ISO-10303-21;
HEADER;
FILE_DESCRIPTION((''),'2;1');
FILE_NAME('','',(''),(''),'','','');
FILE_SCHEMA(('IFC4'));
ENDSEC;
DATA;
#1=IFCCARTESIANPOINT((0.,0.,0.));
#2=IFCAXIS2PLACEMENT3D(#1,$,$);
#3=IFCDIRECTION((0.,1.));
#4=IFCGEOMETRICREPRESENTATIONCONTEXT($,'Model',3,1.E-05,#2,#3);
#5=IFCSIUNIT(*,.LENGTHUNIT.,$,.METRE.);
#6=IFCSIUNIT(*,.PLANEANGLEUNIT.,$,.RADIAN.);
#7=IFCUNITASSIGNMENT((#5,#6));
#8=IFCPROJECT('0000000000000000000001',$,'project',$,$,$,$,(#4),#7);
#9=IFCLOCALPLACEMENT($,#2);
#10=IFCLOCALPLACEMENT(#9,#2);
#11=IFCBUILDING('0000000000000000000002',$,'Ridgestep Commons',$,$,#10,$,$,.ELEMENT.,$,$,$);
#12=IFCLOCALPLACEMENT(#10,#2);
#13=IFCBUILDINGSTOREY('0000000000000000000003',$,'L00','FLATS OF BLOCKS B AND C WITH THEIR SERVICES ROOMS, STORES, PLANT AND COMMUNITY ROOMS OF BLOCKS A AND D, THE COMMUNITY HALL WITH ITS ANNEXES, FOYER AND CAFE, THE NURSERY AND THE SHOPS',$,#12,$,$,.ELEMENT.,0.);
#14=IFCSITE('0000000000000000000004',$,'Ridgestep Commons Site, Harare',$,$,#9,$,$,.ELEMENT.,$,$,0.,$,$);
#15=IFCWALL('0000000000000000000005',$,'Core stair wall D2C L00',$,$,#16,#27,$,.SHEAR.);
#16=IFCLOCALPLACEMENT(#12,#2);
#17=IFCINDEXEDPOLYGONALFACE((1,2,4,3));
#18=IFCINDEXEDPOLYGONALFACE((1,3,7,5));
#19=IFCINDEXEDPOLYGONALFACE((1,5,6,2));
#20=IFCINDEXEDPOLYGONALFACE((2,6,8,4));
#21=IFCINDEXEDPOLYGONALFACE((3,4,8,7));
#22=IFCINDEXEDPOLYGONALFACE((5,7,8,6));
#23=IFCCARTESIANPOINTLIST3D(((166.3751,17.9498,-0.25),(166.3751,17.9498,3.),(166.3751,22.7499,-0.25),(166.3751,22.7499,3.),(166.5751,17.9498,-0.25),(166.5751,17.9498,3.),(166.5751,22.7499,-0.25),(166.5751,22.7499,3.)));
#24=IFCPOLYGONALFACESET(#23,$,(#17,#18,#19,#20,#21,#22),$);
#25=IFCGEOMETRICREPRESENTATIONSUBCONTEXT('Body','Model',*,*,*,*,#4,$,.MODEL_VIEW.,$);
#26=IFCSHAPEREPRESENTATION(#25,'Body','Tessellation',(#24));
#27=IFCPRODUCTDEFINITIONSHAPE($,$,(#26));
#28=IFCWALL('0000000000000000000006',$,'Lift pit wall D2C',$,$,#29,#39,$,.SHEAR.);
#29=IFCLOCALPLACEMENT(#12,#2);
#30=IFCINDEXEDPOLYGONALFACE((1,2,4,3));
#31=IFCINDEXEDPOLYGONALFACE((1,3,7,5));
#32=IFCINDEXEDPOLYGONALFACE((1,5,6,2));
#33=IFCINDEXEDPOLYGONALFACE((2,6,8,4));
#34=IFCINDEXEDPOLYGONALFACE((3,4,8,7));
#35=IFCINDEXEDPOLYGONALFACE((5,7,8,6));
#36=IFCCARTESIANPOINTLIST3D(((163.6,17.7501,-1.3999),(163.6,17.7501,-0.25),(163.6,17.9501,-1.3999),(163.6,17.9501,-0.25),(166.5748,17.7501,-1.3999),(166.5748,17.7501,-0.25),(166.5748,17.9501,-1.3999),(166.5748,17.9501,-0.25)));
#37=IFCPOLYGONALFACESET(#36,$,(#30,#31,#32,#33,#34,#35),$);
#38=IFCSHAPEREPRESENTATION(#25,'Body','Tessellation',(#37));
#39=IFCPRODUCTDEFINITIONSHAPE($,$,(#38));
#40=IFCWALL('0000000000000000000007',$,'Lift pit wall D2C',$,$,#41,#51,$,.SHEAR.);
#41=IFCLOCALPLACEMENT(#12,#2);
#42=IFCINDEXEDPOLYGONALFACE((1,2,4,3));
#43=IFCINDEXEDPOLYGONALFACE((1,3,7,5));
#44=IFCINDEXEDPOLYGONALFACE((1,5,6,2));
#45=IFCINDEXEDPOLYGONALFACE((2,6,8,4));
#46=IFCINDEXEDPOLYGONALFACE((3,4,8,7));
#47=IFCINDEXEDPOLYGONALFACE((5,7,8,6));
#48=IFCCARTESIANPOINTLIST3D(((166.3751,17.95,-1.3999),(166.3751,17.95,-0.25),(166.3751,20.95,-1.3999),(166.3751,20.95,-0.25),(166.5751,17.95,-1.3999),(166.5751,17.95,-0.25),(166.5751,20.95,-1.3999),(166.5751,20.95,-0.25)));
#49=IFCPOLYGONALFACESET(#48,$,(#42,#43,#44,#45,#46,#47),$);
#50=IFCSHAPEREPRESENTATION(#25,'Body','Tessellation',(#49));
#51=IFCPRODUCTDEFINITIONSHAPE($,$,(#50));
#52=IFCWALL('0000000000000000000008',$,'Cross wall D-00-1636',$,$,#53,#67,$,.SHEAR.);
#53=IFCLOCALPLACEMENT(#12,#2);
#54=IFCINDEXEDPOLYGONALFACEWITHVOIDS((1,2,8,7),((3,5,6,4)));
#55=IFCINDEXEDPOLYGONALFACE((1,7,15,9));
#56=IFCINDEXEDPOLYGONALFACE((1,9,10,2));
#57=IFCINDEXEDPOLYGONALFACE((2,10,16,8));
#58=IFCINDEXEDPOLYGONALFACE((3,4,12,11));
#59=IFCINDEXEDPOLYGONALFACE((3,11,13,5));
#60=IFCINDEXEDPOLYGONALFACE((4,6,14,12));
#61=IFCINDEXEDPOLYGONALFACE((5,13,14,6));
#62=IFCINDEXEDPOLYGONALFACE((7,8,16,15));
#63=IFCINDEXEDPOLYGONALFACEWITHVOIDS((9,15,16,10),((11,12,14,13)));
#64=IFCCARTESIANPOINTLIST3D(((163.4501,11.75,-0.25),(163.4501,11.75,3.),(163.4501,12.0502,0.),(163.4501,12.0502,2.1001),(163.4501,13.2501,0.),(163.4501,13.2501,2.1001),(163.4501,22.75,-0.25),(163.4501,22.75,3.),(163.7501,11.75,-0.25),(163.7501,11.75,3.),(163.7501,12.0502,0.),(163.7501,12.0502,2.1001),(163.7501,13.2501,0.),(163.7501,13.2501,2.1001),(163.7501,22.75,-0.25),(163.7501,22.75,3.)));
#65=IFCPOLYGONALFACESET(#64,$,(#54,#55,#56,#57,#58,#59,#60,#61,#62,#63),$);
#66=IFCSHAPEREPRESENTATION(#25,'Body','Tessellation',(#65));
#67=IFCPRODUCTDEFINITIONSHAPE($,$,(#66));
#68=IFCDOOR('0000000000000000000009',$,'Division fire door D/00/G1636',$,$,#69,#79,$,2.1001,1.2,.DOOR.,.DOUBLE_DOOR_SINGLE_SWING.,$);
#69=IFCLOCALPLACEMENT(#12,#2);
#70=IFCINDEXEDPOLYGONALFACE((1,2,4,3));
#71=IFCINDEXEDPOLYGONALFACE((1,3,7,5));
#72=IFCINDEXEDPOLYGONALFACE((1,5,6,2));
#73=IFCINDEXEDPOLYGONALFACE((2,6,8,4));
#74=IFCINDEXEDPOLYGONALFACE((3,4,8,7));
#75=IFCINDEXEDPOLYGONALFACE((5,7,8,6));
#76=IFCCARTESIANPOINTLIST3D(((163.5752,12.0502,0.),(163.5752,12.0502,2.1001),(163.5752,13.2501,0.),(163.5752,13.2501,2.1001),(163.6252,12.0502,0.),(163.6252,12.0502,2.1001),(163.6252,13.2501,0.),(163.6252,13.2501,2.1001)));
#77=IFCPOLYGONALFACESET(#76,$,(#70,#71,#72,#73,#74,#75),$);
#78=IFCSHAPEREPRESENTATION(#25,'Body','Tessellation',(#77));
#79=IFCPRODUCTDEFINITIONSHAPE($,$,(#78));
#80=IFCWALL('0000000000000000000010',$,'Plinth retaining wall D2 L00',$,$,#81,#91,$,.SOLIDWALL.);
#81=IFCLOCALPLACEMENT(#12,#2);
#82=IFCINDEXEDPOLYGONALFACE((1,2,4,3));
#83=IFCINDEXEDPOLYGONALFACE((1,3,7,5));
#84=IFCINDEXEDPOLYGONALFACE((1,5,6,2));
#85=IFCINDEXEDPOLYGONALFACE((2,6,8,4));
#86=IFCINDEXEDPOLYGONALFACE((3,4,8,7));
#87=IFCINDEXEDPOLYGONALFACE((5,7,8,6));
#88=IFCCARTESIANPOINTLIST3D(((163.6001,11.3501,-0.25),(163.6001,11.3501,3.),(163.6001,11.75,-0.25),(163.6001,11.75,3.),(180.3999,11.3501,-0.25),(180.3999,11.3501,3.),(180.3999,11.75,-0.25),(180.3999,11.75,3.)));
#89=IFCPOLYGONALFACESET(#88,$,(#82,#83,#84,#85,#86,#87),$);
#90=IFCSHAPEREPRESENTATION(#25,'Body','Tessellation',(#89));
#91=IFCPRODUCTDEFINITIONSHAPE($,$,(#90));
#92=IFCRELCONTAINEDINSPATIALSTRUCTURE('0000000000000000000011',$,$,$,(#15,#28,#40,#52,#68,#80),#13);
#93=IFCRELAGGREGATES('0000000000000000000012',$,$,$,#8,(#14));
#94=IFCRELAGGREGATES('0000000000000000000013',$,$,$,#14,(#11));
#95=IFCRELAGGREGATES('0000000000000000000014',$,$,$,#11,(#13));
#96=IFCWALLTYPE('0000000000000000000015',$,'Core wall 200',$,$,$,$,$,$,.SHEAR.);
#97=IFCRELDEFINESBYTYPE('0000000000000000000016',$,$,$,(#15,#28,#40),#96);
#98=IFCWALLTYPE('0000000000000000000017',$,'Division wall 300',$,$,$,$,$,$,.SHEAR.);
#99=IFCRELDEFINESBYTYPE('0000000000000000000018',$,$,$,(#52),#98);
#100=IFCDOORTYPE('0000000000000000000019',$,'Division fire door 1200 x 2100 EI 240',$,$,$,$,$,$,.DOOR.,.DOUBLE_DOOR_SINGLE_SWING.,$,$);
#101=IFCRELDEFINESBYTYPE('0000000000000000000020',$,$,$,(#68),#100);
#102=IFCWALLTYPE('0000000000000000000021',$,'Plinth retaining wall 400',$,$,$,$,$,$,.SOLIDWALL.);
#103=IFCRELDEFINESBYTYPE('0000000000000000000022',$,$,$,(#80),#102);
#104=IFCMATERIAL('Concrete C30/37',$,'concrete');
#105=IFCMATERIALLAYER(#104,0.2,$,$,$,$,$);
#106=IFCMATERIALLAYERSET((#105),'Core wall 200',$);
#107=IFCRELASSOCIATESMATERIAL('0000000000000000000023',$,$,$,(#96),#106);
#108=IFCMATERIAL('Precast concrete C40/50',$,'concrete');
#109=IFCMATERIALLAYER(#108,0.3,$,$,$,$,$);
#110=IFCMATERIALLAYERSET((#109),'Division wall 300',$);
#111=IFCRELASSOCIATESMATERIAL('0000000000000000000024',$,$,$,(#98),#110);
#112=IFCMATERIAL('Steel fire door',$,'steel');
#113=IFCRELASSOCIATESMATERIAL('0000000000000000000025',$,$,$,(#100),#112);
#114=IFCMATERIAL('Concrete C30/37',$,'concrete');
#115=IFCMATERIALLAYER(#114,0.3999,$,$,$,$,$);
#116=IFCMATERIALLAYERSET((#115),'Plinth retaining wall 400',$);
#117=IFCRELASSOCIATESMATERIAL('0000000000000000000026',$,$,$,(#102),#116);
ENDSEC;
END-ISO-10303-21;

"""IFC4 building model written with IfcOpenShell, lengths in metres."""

from ifc_helpers import new_model, si_unit, direction, frame, frame_2d, origin, place, context, subcontext, project, spatial, rectangle, extrude, material, layer, layer_set, type_object, element, fill, save


model = new_model("IFC4")

# Units and contexts
model_context = context("Model", 3, precision=1e-05, world=origin(), true_north=direction((0.0, 1.0)))
body_context = subcontext(model_context, "Body", "Model", "MODEL_VIEW")
ifc_project = project(units=[si_unit("LENGTHUNIT", "METRE"), si_unit("PLANEANGLEUNIT", "RADIAN")], contexts=[model_context])

# Site, building, storey
site_placement = place(None, origin())
site = spatial("IfcSite", under=ifc_project, at=site_placement, Name="Ridgestep Commons Site, Harare", CompositionType="ELEMENT", RefElevation=0.0)
building_placement = place(site_placement, origin())
building = spatial("IfcBuilding", under=site, at=building_placement, Name="Ridgestep Commons", CompositionType="ELEMENT")
storey_placement = place(building_placement, origin())
storey = spatial("IfcBuildingStorey", under=building, at=storey_placement, Name="L00", Description="FLATS OF BLOCKS B AND C WITH THEIR SERVICES ROOMS, STORES, PLANT AND COMMUNITY ROOMS OF BLOCKS A AND D, THE COMMUNITY HALL WITH ITS ANNEXES, FOYER AND CAFE, THE NURSERY AND THE SHOPS", CompositionType="ELEMENT", Elevation=0.0)

# Shared definitions
ifc_material_1 = material(Name="Concrete C30/37", Category="concrete")
ifc_layer_1 = layer(ifc_material_1, 0.2)
ifc_layer_set_1 = layer_set([ifc_layer_1], Name="Core wall 200")
wall_type_1 = type_object("IfcWallType", Name="Core wall 200", PredefinedType="SHEAR", material=ifc_layer_set_1)

# Walls
wall_1_placement = place(storey_placement, frame((166.4751, 17.95, -0.25), z_axis=(0.0, 0.0, 1.0), x_axis=(0.0, 1.0, 0.0)))
element("IfcWall", 1, at=wall_1_placement, inside=storey, type_object=wall_type_1, Name="Core stair wall D2C L00", PredefinedType="SHEAR", context=body_context, shape_type="SweptSolid", body=[
    extrude(rectangle(XDim=4.8, YDim=0.2, at=frame_2d((2.3999, 0.0))), origin(), (0.0, 0.0, 1.0), 3.25),
])
wall_2_placement = place(storey_placement, frame((163.6001, 17.8501, -1.3999), z_axis=(0.0, 0.0, 1.0), x_axis=(1.0, 0.0, 0.0)))
element("IfcWall", 2, at=wall_2_placement, inside=storey, type_object=wall_type_1, Name="Lift pit wall D2C", PredefinedType="SHEAR", context=body_context, shape_type="SweptSolid", body=[
    extrude(rectangle(XDim=2.9749, YDim=0.2, at=frame_2d((1.4873, 0.0))), origin(), (0.0, 0.0, 1.0), 1.1499),
])
wall_3_placement = place(storey_placement, frame((166.4751, 17.95, -1.3999), z_axis=(0.0, 0.0, 1.0), x_axis=(0.0, 1.0, 0.0)))
element("IfcWall", 3, at=wall_3_placement, inside=storey, type_object=wall_type_1, Name="Lift pit wall D2C", PredefinedType="SHEAR", context=body_context, shape_type="SweptSolid", body=[
    extrude(rectangle(XDim=3.0, YDim=0.2, at=frame_2d((1.5, 0.0))), origin(), (0.0, 0.0, 1.0), 1.1499),
])

# Wall, opening, door
ifc_material_2 = material(Name="Precast concrete C40/50", Category="concrete")
ifc_layer_2 = layer(ifc_material_2, 0.3)
ifc_layer_set_2 = layer_set([ifc_layer_2], Name="Division wall 300")
wall_type_2 = type_object("IfcWallType", Name="Division wall 300", PredefinedType="SHEAR", material=ifc_layer_set_2)
wall_4_placement = place(storey_placement, frame((163.6001, 11.75, -0.25), z_axis=(0.0, 0.0, 1.0), x_axis=(0.0, 1.0, 0.0)))
wall_4 = element("IfcWall", 4, at=wall_4_placement, inside=storey, type_object=wall_type_2, Name="Cross wall D-00-1636", PredefinedType="SHEAR", context=body_context, shape_type="SweptSolid", body=[
    extrude(rectangle(XDim=11.0, YDim=0.3, at=frame_2d((5.5, 0.0))), origin(), (0.0, 0.0, 1.0), 3.25),
])
opening_1_placement = place(wall_4_placement, frame((0.3, 0.0, 0.25)))
opening_1 = element("IfcOpeningElement", 5, at=opening_1_placement, cuts=wall_4, PredefinedType="OPENING", context=body_context, shape_type="SweptSolid", body=[
    extrude(rectangle(XDim=1.2, YDim=2.1001, at=frame_2d((0.6001, 1.05))), frame((0.0, 0.1599, 0.0), z_axis=(0.0, -1.0, 0.0), x_axis=(1.0, 0.0, 0.0)), (0.0, 0.0, 1.0), 0.3201),
])
ifc_material_3 = material(Name="Steel fire door", Category="steel")
door_type_1 = type_object("IfcDoorType", Name="Division fire door 1200 x 2100 EI 240", OperationType="DOUBLE_DOOR_SINGLE_SWING", PredefinedType="DOOR", material=ifc_material_3)
door_1_placement = place(opening_1_placement, origin())
door_1 = element("IfcDoor", 6, at=door_1_placement, inside=storey, type_object=door_type_1, Name="Division fire door D/00/G1636", OperationType="DOUBLE_DOOR_SINGLE_SWING", OverallHeight=2.1001, OverallWidth=1.2, PredefinedType="DOOR", context=body_context, shape_type="SweptSolid", body=[
    extrude(rectangle(XDim=1.2, YDim=2.1001, at=frame_2d((0.6001, 1.05))), frame((0.0, 0.0249, 0.0), z_axis=(0.0, -1.0, 0.0), x_axis=(1.0, 0.0, 0.0)), (0.0, 0.0, 1.0), 0.05),
])
fill(opening_1, door_1)

# Wall
ifc_material_4 = material(Name="Concrete C30/37", Category="concrete")
ifc_layer_3 = layer(ifc_material_4, 0.3999)
ifc_layer_set_3 = layer_set([ifc_layer_3], Name="Plinth retaining wall 400")
wall_type_3 = type_object("IfcWallType", Name="Plinth retaining wall 400", PredefinedType="SOLIDWALL", material=ifc_layer_set_3)
wall_5_placement = place(storey_placement, frame((163.6001, 11.55, -0.25), z_axis=(0.0, 0.0, 1.0), x_axis=(1.0, 0.0, 0.0)))
element("IfcWall", 7, at=wall_5_placement, inside=storey, type_object=wall_type_3, Name="Plinth retaining wall D2 L00", PredefinedType="SOLIDWALL", context=body_context, shape_type="SweptSolid", body=[
    extrude(rectangle(XDim=16.7998, YDim=0.3999, at=frame_2d((8.3999, 0.0))), origin(), (0.0, 0.0, 1.0), 3.25),
])

save(model, "model.ifc")
